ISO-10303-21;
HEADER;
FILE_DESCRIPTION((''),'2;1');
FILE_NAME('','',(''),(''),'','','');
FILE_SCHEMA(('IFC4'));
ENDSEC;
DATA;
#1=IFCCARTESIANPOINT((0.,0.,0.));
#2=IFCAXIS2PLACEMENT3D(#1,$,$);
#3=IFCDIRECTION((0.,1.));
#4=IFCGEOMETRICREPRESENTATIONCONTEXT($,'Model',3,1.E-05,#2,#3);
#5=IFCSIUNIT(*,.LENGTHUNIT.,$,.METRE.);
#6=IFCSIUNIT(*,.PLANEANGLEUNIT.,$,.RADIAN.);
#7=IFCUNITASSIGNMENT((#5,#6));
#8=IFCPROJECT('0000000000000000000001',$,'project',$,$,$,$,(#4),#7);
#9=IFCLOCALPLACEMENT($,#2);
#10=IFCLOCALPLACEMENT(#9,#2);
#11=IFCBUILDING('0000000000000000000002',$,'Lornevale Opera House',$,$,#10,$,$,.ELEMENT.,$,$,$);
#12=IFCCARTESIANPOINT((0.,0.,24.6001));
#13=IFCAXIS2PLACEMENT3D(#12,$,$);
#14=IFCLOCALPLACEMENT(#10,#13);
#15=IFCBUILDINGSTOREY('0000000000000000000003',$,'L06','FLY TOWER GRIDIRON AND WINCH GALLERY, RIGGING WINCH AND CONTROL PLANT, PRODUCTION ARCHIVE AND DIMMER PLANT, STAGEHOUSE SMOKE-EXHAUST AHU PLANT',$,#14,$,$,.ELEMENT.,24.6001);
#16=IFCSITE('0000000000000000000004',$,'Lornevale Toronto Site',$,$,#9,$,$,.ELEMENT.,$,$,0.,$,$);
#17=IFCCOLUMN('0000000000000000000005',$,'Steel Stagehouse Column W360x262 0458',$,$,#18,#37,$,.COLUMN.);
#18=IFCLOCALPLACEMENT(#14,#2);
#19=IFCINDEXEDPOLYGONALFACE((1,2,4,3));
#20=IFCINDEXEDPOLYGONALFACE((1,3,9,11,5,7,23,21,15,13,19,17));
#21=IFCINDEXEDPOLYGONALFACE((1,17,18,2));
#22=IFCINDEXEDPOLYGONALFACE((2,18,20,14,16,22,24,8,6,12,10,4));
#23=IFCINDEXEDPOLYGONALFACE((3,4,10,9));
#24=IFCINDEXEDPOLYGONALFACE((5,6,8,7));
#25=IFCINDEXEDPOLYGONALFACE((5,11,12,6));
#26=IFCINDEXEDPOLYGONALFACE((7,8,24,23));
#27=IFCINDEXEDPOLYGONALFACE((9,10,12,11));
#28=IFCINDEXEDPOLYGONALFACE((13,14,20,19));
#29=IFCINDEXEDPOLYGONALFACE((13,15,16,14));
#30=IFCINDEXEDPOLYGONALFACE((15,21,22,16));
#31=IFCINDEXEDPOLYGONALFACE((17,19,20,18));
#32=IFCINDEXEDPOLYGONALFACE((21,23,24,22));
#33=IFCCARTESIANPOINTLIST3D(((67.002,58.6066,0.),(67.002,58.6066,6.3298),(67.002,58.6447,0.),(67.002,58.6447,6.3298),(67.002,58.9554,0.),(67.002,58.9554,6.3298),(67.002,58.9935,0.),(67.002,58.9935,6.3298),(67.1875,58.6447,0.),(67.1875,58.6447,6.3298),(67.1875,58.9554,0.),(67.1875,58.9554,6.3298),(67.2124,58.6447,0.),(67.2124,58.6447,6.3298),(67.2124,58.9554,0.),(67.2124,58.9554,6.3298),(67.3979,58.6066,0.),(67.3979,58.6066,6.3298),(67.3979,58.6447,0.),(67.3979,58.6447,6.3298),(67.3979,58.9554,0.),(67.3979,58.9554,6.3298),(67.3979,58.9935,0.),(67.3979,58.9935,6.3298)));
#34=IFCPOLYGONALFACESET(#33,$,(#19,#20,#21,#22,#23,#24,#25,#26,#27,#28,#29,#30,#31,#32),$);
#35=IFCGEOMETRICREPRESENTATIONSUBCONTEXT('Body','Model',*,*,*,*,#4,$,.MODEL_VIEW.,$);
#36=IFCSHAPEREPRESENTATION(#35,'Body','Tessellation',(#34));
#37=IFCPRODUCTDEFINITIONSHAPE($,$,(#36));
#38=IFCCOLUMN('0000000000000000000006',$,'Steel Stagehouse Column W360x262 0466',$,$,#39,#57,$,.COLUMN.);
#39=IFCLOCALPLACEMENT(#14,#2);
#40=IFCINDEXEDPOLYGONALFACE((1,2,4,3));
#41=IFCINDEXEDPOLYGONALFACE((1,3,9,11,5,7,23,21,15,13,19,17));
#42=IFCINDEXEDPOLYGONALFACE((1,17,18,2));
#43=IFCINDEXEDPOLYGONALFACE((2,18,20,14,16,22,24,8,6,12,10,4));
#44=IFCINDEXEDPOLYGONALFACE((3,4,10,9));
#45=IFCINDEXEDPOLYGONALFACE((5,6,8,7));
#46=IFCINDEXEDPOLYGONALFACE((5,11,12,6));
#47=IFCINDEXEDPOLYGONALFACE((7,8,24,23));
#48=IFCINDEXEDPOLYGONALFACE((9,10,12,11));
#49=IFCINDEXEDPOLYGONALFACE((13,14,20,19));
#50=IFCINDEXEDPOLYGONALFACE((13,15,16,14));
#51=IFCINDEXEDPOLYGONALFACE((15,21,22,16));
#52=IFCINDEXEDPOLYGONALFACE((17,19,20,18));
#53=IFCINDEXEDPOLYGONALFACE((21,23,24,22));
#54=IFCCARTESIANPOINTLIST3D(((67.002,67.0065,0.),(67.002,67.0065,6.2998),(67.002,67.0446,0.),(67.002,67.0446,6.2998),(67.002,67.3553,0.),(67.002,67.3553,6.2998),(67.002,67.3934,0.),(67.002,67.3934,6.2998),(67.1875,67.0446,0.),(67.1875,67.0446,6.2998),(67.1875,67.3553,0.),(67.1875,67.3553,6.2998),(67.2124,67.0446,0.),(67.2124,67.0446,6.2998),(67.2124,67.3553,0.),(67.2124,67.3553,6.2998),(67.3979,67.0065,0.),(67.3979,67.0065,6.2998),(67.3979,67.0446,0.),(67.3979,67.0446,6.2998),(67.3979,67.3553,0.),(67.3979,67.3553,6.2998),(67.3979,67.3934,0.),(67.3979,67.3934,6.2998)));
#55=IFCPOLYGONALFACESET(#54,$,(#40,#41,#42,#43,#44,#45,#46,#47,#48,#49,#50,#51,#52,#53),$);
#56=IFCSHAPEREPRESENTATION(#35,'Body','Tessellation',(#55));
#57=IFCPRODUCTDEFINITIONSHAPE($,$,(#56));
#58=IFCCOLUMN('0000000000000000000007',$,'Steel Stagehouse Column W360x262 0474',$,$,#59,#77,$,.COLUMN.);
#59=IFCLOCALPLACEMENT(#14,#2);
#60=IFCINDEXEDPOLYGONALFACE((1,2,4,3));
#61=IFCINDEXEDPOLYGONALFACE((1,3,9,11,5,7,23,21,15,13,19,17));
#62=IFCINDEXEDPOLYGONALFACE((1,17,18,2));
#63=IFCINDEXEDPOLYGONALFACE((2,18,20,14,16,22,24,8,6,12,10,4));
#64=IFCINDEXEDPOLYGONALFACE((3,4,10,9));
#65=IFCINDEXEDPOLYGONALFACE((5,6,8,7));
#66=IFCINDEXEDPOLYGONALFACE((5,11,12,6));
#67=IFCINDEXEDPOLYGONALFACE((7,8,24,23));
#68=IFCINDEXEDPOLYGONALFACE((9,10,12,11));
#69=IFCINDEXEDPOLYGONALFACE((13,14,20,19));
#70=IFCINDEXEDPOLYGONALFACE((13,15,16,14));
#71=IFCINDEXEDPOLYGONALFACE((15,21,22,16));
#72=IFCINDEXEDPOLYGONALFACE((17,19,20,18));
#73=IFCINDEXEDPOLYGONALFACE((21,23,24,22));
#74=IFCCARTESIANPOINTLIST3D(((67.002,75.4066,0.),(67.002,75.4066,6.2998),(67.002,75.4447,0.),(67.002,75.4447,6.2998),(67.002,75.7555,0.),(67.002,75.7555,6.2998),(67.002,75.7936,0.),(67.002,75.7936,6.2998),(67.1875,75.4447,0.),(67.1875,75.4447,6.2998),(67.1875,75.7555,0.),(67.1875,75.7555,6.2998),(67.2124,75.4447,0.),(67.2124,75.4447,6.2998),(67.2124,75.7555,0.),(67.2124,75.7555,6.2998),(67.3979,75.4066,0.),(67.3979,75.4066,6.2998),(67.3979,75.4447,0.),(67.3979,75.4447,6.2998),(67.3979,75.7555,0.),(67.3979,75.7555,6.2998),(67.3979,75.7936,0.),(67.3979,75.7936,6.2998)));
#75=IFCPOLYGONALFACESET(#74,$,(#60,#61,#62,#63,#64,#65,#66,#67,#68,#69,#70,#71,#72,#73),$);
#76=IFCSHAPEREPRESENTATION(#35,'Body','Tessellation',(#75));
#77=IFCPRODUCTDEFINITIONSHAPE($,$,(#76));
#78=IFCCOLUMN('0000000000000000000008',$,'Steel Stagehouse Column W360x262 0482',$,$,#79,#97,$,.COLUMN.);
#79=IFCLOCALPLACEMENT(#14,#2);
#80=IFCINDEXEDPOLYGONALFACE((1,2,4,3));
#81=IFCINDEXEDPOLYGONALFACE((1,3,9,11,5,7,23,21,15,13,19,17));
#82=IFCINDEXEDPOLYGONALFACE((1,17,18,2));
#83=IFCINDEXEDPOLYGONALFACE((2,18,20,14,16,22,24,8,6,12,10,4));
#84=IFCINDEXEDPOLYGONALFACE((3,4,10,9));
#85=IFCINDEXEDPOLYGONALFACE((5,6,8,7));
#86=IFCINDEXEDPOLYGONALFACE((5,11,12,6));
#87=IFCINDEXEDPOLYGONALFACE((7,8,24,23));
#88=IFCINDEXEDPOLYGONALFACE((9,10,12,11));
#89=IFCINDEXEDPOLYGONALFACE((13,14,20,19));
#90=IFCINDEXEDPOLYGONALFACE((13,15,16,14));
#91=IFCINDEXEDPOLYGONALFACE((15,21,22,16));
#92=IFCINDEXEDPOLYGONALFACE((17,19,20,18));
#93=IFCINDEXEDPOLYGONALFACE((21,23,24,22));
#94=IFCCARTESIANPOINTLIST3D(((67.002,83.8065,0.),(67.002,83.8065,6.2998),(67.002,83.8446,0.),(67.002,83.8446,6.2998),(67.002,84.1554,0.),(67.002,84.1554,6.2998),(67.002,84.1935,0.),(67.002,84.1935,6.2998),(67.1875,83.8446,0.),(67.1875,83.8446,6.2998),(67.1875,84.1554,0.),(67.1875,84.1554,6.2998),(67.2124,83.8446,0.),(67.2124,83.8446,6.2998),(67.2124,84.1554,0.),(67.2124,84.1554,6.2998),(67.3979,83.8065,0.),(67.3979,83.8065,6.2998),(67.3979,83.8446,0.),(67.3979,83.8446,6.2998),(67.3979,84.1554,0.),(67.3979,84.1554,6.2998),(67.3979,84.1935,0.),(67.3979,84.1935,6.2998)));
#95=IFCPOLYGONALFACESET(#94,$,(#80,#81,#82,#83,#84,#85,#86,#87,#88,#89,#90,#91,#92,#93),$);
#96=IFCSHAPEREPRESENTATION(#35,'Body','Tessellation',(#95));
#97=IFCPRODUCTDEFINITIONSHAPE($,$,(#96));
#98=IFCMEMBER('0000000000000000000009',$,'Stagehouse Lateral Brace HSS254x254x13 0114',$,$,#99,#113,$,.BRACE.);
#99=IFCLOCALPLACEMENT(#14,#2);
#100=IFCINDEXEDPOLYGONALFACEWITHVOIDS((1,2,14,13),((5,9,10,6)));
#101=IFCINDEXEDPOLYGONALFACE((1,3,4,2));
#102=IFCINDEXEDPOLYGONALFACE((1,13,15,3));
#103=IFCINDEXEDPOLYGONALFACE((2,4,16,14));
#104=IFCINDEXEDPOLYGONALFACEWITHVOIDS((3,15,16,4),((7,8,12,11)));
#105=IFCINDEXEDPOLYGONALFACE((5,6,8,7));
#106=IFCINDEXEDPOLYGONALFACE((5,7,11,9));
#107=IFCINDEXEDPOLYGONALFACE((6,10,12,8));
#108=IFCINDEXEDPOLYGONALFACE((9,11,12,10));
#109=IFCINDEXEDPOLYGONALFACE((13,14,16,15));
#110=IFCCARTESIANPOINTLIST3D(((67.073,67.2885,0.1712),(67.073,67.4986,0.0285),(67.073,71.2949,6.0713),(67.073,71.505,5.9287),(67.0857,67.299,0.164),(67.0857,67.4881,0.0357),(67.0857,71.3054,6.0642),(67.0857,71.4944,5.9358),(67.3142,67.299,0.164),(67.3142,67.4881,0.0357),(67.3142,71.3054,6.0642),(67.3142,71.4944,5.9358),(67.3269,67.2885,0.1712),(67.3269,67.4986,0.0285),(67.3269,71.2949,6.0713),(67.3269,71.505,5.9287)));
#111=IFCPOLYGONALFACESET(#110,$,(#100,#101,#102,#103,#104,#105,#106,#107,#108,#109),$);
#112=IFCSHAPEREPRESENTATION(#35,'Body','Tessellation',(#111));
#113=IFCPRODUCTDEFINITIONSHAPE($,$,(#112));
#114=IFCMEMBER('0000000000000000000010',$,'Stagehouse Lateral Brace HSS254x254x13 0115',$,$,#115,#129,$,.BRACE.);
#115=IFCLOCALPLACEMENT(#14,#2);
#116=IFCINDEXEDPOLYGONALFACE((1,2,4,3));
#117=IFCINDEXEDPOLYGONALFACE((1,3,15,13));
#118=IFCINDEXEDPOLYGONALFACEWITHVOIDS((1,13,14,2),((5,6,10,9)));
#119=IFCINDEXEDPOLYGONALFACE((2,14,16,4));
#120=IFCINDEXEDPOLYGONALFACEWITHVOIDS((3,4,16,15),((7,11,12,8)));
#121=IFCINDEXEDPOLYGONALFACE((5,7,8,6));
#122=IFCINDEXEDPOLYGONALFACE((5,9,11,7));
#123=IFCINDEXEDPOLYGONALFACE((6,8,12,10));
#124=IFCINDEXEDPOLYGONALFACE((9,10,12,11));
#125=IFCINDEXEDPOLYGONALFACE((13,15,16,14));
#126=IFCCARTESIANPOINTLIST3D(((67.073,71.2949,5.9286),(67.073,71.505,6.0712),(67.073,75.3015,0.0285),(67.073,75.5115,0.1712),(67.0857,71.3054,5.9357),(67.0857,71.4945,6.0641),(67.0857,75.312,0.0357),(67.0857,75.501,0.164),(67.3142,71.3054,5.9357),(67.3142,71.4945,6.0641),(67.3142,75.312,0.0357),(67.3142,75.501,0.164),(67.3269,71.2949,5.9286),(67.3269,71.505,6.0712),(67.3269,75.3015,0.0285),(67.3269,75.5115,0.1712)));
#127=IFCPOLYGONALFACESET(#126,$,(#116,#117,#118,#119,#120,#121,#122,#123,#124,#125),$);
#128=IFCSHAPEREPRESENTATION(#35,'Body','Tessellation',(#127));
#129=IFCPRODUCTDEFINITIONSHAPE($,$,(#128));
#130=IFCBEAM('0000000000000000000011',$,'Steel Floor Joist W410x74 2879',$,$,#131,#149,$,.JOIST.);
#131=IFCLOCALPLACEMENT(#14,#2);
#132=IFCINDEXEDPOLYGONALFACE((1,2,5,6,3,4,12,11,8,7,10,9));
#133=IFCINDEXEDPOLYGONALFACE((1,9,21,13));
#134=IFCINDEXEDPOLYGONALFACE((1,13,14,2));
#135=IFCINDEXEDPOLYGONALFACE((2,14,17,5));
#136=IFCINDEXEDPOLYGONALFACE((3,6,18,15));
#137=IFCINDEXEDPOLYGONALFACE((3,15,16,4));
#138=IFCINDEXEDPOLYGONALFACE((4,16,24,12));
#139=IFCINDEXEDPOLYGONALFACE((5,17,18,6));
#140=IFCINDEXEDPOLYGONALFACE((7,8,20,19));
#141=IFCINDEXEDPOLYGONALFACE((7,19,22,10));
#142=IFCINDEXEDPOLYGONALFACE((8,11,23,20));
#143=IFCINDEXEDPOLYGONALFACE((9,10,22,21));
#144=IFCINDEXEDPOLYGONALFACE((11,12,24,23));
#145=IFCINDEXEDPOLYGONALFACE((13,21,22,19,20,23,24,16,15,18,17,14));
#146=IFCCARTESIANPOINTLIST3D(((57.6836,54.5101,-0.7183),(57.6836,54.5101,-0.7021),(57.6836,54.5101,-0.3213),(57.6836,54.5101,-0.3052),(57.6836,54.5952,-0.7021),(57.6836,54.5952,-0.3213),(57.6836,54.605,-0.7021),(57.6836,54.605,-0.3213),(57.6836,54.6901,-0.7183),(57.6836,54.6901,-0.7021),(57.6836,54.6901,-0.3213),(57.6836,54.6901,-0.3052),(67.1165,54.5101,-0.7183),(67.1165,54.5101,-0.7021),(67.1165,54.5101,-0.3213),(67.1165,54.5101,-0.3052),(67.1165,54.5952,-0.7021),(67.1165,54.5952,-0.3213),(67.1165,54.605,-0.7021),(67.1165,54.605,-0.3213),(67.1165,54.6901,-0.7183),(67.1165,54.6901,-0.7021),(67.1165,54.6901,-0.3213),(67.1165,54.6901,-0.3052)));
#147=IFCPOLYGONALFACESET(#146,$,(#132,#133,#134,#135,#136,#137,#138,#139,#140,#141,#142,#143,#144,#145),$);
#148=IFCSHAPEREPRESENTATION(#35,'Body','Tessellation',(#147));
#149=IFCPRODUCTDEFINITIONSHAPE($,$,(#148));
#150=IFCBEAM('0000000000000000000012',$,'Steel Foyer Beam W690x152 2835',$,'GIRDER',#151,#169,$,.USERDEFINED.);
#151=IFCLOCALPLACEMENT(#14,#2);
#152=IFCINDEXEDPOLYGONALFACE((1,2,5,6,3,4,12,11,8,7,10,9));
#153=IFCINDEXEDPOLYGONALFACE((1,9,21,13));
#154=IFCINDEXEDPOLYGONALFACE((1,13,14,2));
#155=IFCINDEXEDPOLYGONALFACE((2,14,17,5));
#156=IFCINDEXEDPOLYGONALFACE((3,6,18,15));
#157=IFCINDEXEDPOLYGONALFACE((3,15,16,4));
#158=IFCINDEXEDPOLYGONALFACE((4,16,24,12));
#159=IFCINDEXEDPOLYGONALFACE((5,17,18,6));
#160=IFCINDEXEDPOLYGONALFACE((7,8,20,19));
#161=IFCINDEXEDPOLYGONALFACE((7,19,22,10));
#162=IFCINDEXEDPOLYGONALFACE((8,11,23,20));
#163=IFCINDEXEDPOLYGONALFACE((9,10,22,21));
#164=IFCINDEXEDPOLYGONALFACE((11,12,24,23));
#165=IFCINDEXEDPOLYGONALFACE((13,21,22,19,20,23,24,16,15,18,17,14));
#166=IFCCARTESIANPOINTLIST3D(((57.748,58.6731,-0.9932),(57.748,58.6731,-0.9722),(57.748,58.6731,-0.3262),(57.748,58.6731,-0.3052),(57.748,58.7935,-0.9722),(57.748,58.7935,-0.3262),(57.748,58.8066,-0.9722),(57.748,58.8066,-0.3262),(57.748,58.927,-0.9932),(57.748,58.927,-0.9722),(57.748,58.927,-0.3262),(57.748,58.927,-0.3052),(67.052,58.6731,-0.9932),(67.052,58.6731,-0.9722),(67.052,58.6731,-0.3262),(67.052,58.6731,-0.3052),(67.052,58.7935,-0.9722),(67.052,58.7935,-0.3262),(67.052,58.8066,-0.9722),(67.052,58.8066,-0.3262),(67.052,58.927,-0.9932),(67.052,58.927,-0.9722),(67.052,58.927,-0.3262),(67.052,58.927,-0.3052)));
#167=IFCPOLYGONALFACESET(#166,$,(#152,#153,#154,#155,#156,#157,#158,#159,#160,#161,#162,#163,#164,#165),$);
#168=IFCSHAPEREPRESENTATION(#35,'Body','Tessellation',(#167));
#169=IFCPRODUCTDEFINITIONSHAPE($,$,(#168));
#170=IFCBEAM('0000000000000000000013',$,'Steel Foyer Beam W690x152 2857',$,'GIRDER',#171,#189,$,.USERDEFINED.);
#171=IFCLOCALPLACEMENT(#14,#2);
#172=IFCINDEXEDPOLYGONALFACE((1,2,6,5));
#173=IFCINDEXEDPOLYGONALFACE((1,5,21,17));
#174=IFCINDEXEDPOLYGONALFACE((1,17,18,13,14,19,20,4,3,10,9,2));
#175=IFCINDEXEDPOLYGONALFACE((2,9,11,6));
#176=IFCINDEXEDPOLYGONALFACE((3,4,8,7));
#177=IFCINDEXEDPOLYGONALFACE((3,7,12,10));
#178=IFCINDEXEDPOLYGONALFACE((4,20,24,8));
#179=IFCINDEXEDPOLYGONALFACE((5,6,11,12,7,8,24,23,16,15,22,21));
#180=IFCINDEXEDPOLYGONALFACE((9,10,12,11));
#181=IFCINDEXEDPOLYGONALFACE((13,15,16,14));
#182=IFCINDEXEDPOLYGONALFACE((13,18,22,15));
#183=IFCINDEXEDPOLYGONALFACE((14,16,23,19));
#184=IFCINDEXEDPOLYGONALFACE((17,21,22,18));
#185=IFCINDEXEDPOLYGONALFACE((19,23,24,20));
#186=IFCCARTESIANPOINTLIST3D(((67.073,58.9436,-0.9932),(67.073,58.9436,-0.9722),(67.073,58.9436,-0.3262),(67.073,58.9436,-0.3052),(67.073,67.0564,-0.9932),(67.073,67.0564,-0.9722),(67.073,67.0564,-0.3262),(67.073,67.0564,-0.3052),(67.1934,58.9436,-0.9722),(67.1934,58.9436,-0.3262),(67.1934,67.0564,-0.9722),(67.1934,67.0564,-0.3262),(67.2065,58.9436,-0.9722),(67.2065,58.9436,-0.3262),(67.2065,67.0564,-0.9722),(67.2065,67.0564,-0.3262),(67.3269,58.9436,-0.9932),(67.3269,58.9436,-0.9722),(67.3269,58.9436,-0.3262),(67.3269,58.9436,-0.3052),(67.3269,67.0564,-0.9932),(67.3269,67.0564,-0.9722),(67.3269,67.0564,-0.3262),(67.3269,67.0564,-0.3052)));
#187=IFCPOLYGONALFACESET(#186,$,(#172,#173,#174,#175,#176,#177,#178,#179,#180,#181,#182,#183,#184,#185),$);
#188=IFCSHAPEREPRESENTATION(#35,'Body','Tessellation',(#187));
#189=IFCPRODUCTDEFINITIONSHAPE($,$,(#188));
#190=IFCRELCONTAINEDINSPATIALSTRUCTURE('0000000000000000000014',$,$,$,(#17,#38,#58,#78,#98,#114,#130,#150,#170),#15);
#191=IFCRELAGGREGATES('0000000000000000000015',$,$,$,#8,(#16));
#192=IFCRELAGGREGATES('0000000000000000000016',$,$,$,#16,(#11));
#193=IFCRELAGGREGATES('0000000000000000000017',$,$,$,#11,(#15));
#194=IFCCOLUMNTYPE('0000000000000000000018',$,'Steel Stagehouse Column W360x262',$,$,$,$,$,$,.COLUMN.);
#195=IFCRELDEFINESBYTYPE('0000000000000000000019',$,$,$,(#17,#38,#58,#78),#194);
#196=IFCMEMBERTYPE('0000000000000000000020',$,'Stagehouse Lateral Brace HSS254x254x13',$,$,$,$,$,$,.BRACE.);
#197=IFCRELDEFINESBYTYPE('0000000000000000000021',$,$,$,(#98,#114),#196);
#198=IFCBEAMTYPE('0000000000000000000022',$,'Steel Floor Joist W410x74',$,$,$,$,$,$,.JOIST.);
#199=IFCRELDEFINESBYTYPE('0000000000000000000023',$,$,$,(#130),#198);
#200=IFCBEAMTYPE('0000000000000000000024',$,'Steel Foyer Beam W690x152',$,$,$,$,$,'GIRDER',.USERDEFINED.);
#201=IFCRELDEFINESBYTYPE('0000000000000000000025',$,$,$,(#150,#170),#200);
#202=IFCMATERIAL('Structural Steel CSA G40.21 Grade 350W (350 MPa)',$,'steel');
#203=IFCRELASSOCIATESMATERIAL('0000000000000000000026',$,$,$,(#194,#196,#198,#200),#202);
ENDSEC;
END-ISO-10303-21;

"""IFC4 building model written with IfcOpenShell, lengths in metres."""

from ifc_helpers import new_model, si_unit, direction, frame, origin, origin_2d, place, context, subcontext, project, spatial, hollow_rectangle, i_section, extrude, material, material_profile, profile_set, type_object, element, save


model = new_model("IFC4")

# Units and contexts
model_context = context("Model", 3, precision=1e-05, world=origin(), true_north=direction((0.0, 1.0)))
body_context = subcontext(model_context, "Body", "Model", "MODEL_VIEW")
ifc_project = project(units=[si_unit("LENGTHUNIT", "METRE"), si_unit("PLANEANGLEUNIT", "RADIAN")], contexts=[model_context])

# Site, building, storey
site_placement = place(None, origin())
site = spatial("IfcSite", under=ifc_project, at=site_placement, Name="Lornevale Toronto Site", CompositionType="ELEMENT", RefElevation=0.0)
building_placement = place(site_placement, origin())
building = spatial("IfcBuilding", under=site, at=building_placement, Name="Lornevale Opera House", CompositionType="ELEMENT")
storey_placement = place(building_placement, frame((0.0, 0.0, 24.6001)))
storey = spatial("IfcBuildingStorey", under=building, at=storey_placement, Name="L06", Description="FLY TOWER GRIDIRON AND WINCH GALLERY, RIGGING WINCH AND CONTROL PLANT, PRODUCTION ARCHIVE AND DIMMER PLANT, STAGEHOUSE SMOKE-EXHAUST AHU PLANT", CompositionType="ELEMENT", Elevation=24.6001)

# Columns
ifc_material_1 = material(Name="Structural Steel CSA G40.21 Grade 350W (350 MPa)", Category="steel")
ifc_material_profile_1 = material_profile(ifc_material_1, i_section(OverallWidth=0.396, OverallDepth=0.387, WebThickness=0.0249, FlangeThickness=0.0381, at=origin_2d()), Name="W360x262")
ifc_profile_set_1 = profile_set([ifc_material_profile_1], Name="Structural Steel CSA G40.21 Grade 350W (350 MPa)")
column_type = type_object("IfcColumnType", Name="Steel Stagehouse Column W360x262", PredefinedType="COLUMN", material=ifc_profile_set_1)
column_placement = place(storey_placement, frame((67.2, 58.8, 0.0), z_axis=(0.0, 0.0, 1.0), x_axis=(1.0, 0.0, 0.0)))
element("IfcColumn", 1, at=column_placement, inside=storey, type_object=column_type, Name="Steel Stagehouse Column W360x262 0458", PredefinedType="COLUMN", context=body_context, shape_type="SweptSolid", body=[
    extrude(i_section(OverallWidth=0.396, OverallDepth=0.387, WebThickness=0.0249, FlangeThickness=0.0381, at=origin_2d()), origin(), (0.0, 0.0, 1.0), 6.3298),
])
for number, where, z_axis, x_axis, name in (
    (2, (67.2, 67.2, 0.0), (0.0, 0.0, 1.0), (1.0, 0.0, 0.0), "Steel Stagehouse Column W360x262 0466"),
    (3, (67.2, 75.6001, 0.0), (0.0, 0.0, 1.0), (1.0, 0.0, 0.0), "Steel Stagehouse Column W360x262 0474"),
    (4, (67.2, 84.0, 0.0), (0.0, 0.0, 1.0), (1.0, 0.0, 0.0), "Steel Stagehouse Column W360x262 0482"),
):
    element("IfcColumn", number, at=place(storey_placement, frame(where, z_axis=z_axis, x_axis=x_axis)), inside=storey, type_object=column_type, Name=name, PredefinedType="COLUMN", context=body_context, shape_type="SweptSolid", body=[
        extrude(i_section(OverallWidth=0.396, OverallDepth=0.387, WebThickness=0.0249, FlangeThickness=0.0381, at=origin_2d()), origin(), (0.0, 0.0, 1.0), 6.2998),
    ])

# Members
ifc_material_profile_2 = material_profile(ifc_material_1, hollow_rectangle(XDim=0.2539, YDim=0.2539, WallThickness=0.0127, at=origin_2d()), Name="HSS254x254x13")
ifc_profile_set_2 = profile_set([ifc_material_profile_2], Name="Structural Steel CSA G40.21 Grade 350W (350 MPa)")
member_type = type_object("IfcMemberType", Name="Stagehouse Lateral Brace HSS254x254x13", PredefinedType="BRACE", material=ifc_profile_set_2)
for number, where, z_axis, x_axis, name in (
    (5, (67.2, 67.3936, 0.0999), (0.0, 0.561758, 0.827301), (-1.0, 0.0, 0.0), "Stagehouse Lateral Brace HSS254x254x13 0114"),
    (6, (67.2, 75.4065, 0.0999), (0.0, -0.561782, 0.827285), (1.0, 0.0, 0.0), "Stagehouse Lateral Brace HSS254x254x13 0115"),
):
    element("IfcMember", number, at=place(storey_placement, frame(where, z_axis=z_axis, x_axis=x_axis)), inside=storey, type_object=member_type, Name=name, PredefinedType="BRACE", context=body_context, shape_type="SweptSolid", body=[
        extrude(hollow_rectangle(XDim=0.2539, YDim=0.2539, WallThickness=0.0127, at=origin_2d()), origin(), (0.0, 0.0, 1.0), 7.1318),
    ])

# Beams
ifc_material_profile_3 = material_profile(ifc_material_1, i_section(OverallWidth=0.1799, OverallDepth=0.4131, WebThickness=0.0098, FlangeThickness=0.0161, at=origin_2d()), Name="W410x74")
ifc_profile_set_3 = profile_set([ifc_material_profile_3], Name="Structural Steel CSA G40.21 Grade 350W (350 MPa)")
beam_type_1 = type_object("IfcBeamType", Name="Steel Floor Joist W410x74", PredefinedType="JOIST", material=ifc_profile_set_3)
beam_1_placement = place(storey_placement, frame((57.6836, 54.6001, -0.5117), z_axis=(1.0, 0.0, 0.0), x_axis=(0.0, 1.0, 0.0)))
element("IfcBeam", 7, at=beam_1_placement, inside=storey, type_object=beam_type_1, Name="Steel Floor Joist W410x74 2879", PredefinedType="JOIST", context=body_context, shape_type="SweptSolid", body=[
    extrude(i_section(OverallWidth=0.1799, OverallDepth=0.4131, WebThickness=0.0098, FlangeThickness=0.0161, at=origin_2d()), origin(), (0.0, 0.0, 1.0), 9.4329),
])
ifc_material_profile_4 = material_profile(ifc_material_1, i_section(OverallWidth=0.2539, OverallDepth=0.688, WebThickness=0.0132, FlangeThickness=0.021, at=origin_2d()), Name="W690x152")
ifc_profile_set_4 = profile_set([ifc_material_profile_4], Name="Structural Steel CSA G40.21 Grade 350W (350 MPa)")
beam_type_2 = type_object("IfcBeamType", Name="Steel Foyer Beam W690x152", ElementType="GIRDER", PredefinedType="USERDEFINED", material=ifc_profile_set_4)
beam_2_placement = place(storey_placement, frame((57.748, 58.8, -0.6492), z_axis=(1.0, 0.0, 0.0), x_axis=(0.0, 1.0, 0.0)))
element("IfcBeam", 8, at=beam_2_placement, inside=storey, type_object=beam_type_2, Name="Steel Foyer Beam W690x152 2835", ObjectType="GIRDER", PredefinedType="USERDEFINED", context=body_context, shape_type="SweptSolid", body=[
    extrude(i_section(OverallWidth=0.2539, OverallDepth=0.688, WebThickness=0.0132, FlangeThickness=0.021, at=origin_2d()), origin(), (0.0, 0.0, 1.0), 9.304),
])
beam_3_placement = place(storey_placement, frame((67.2, 58.9436, -0.6492), z_axis=(0.0, 1.0, 0.0), x_axis=(-1.0, 0.0, 0.0)))
element("IfcBeam", 9, at=beam_3_placement, inside=storey, type_object=beam_type_2, Name="Steel Foyer Beam W690x152 2857", ObjectType="GIRDER", PredefinedType="USERDEFINED", context=body_context, shape_type="SweptSolid", body=[
    extrude(i_section(OverallWidth=0.2539, OverallDepth=0.688, WebThickness=0.0132, FlangeThickness=0.021, at=origin_2d()), origin(), (0.0, 0.0, 1.0), 8.1128),
])

save(model, "model.ifc")
